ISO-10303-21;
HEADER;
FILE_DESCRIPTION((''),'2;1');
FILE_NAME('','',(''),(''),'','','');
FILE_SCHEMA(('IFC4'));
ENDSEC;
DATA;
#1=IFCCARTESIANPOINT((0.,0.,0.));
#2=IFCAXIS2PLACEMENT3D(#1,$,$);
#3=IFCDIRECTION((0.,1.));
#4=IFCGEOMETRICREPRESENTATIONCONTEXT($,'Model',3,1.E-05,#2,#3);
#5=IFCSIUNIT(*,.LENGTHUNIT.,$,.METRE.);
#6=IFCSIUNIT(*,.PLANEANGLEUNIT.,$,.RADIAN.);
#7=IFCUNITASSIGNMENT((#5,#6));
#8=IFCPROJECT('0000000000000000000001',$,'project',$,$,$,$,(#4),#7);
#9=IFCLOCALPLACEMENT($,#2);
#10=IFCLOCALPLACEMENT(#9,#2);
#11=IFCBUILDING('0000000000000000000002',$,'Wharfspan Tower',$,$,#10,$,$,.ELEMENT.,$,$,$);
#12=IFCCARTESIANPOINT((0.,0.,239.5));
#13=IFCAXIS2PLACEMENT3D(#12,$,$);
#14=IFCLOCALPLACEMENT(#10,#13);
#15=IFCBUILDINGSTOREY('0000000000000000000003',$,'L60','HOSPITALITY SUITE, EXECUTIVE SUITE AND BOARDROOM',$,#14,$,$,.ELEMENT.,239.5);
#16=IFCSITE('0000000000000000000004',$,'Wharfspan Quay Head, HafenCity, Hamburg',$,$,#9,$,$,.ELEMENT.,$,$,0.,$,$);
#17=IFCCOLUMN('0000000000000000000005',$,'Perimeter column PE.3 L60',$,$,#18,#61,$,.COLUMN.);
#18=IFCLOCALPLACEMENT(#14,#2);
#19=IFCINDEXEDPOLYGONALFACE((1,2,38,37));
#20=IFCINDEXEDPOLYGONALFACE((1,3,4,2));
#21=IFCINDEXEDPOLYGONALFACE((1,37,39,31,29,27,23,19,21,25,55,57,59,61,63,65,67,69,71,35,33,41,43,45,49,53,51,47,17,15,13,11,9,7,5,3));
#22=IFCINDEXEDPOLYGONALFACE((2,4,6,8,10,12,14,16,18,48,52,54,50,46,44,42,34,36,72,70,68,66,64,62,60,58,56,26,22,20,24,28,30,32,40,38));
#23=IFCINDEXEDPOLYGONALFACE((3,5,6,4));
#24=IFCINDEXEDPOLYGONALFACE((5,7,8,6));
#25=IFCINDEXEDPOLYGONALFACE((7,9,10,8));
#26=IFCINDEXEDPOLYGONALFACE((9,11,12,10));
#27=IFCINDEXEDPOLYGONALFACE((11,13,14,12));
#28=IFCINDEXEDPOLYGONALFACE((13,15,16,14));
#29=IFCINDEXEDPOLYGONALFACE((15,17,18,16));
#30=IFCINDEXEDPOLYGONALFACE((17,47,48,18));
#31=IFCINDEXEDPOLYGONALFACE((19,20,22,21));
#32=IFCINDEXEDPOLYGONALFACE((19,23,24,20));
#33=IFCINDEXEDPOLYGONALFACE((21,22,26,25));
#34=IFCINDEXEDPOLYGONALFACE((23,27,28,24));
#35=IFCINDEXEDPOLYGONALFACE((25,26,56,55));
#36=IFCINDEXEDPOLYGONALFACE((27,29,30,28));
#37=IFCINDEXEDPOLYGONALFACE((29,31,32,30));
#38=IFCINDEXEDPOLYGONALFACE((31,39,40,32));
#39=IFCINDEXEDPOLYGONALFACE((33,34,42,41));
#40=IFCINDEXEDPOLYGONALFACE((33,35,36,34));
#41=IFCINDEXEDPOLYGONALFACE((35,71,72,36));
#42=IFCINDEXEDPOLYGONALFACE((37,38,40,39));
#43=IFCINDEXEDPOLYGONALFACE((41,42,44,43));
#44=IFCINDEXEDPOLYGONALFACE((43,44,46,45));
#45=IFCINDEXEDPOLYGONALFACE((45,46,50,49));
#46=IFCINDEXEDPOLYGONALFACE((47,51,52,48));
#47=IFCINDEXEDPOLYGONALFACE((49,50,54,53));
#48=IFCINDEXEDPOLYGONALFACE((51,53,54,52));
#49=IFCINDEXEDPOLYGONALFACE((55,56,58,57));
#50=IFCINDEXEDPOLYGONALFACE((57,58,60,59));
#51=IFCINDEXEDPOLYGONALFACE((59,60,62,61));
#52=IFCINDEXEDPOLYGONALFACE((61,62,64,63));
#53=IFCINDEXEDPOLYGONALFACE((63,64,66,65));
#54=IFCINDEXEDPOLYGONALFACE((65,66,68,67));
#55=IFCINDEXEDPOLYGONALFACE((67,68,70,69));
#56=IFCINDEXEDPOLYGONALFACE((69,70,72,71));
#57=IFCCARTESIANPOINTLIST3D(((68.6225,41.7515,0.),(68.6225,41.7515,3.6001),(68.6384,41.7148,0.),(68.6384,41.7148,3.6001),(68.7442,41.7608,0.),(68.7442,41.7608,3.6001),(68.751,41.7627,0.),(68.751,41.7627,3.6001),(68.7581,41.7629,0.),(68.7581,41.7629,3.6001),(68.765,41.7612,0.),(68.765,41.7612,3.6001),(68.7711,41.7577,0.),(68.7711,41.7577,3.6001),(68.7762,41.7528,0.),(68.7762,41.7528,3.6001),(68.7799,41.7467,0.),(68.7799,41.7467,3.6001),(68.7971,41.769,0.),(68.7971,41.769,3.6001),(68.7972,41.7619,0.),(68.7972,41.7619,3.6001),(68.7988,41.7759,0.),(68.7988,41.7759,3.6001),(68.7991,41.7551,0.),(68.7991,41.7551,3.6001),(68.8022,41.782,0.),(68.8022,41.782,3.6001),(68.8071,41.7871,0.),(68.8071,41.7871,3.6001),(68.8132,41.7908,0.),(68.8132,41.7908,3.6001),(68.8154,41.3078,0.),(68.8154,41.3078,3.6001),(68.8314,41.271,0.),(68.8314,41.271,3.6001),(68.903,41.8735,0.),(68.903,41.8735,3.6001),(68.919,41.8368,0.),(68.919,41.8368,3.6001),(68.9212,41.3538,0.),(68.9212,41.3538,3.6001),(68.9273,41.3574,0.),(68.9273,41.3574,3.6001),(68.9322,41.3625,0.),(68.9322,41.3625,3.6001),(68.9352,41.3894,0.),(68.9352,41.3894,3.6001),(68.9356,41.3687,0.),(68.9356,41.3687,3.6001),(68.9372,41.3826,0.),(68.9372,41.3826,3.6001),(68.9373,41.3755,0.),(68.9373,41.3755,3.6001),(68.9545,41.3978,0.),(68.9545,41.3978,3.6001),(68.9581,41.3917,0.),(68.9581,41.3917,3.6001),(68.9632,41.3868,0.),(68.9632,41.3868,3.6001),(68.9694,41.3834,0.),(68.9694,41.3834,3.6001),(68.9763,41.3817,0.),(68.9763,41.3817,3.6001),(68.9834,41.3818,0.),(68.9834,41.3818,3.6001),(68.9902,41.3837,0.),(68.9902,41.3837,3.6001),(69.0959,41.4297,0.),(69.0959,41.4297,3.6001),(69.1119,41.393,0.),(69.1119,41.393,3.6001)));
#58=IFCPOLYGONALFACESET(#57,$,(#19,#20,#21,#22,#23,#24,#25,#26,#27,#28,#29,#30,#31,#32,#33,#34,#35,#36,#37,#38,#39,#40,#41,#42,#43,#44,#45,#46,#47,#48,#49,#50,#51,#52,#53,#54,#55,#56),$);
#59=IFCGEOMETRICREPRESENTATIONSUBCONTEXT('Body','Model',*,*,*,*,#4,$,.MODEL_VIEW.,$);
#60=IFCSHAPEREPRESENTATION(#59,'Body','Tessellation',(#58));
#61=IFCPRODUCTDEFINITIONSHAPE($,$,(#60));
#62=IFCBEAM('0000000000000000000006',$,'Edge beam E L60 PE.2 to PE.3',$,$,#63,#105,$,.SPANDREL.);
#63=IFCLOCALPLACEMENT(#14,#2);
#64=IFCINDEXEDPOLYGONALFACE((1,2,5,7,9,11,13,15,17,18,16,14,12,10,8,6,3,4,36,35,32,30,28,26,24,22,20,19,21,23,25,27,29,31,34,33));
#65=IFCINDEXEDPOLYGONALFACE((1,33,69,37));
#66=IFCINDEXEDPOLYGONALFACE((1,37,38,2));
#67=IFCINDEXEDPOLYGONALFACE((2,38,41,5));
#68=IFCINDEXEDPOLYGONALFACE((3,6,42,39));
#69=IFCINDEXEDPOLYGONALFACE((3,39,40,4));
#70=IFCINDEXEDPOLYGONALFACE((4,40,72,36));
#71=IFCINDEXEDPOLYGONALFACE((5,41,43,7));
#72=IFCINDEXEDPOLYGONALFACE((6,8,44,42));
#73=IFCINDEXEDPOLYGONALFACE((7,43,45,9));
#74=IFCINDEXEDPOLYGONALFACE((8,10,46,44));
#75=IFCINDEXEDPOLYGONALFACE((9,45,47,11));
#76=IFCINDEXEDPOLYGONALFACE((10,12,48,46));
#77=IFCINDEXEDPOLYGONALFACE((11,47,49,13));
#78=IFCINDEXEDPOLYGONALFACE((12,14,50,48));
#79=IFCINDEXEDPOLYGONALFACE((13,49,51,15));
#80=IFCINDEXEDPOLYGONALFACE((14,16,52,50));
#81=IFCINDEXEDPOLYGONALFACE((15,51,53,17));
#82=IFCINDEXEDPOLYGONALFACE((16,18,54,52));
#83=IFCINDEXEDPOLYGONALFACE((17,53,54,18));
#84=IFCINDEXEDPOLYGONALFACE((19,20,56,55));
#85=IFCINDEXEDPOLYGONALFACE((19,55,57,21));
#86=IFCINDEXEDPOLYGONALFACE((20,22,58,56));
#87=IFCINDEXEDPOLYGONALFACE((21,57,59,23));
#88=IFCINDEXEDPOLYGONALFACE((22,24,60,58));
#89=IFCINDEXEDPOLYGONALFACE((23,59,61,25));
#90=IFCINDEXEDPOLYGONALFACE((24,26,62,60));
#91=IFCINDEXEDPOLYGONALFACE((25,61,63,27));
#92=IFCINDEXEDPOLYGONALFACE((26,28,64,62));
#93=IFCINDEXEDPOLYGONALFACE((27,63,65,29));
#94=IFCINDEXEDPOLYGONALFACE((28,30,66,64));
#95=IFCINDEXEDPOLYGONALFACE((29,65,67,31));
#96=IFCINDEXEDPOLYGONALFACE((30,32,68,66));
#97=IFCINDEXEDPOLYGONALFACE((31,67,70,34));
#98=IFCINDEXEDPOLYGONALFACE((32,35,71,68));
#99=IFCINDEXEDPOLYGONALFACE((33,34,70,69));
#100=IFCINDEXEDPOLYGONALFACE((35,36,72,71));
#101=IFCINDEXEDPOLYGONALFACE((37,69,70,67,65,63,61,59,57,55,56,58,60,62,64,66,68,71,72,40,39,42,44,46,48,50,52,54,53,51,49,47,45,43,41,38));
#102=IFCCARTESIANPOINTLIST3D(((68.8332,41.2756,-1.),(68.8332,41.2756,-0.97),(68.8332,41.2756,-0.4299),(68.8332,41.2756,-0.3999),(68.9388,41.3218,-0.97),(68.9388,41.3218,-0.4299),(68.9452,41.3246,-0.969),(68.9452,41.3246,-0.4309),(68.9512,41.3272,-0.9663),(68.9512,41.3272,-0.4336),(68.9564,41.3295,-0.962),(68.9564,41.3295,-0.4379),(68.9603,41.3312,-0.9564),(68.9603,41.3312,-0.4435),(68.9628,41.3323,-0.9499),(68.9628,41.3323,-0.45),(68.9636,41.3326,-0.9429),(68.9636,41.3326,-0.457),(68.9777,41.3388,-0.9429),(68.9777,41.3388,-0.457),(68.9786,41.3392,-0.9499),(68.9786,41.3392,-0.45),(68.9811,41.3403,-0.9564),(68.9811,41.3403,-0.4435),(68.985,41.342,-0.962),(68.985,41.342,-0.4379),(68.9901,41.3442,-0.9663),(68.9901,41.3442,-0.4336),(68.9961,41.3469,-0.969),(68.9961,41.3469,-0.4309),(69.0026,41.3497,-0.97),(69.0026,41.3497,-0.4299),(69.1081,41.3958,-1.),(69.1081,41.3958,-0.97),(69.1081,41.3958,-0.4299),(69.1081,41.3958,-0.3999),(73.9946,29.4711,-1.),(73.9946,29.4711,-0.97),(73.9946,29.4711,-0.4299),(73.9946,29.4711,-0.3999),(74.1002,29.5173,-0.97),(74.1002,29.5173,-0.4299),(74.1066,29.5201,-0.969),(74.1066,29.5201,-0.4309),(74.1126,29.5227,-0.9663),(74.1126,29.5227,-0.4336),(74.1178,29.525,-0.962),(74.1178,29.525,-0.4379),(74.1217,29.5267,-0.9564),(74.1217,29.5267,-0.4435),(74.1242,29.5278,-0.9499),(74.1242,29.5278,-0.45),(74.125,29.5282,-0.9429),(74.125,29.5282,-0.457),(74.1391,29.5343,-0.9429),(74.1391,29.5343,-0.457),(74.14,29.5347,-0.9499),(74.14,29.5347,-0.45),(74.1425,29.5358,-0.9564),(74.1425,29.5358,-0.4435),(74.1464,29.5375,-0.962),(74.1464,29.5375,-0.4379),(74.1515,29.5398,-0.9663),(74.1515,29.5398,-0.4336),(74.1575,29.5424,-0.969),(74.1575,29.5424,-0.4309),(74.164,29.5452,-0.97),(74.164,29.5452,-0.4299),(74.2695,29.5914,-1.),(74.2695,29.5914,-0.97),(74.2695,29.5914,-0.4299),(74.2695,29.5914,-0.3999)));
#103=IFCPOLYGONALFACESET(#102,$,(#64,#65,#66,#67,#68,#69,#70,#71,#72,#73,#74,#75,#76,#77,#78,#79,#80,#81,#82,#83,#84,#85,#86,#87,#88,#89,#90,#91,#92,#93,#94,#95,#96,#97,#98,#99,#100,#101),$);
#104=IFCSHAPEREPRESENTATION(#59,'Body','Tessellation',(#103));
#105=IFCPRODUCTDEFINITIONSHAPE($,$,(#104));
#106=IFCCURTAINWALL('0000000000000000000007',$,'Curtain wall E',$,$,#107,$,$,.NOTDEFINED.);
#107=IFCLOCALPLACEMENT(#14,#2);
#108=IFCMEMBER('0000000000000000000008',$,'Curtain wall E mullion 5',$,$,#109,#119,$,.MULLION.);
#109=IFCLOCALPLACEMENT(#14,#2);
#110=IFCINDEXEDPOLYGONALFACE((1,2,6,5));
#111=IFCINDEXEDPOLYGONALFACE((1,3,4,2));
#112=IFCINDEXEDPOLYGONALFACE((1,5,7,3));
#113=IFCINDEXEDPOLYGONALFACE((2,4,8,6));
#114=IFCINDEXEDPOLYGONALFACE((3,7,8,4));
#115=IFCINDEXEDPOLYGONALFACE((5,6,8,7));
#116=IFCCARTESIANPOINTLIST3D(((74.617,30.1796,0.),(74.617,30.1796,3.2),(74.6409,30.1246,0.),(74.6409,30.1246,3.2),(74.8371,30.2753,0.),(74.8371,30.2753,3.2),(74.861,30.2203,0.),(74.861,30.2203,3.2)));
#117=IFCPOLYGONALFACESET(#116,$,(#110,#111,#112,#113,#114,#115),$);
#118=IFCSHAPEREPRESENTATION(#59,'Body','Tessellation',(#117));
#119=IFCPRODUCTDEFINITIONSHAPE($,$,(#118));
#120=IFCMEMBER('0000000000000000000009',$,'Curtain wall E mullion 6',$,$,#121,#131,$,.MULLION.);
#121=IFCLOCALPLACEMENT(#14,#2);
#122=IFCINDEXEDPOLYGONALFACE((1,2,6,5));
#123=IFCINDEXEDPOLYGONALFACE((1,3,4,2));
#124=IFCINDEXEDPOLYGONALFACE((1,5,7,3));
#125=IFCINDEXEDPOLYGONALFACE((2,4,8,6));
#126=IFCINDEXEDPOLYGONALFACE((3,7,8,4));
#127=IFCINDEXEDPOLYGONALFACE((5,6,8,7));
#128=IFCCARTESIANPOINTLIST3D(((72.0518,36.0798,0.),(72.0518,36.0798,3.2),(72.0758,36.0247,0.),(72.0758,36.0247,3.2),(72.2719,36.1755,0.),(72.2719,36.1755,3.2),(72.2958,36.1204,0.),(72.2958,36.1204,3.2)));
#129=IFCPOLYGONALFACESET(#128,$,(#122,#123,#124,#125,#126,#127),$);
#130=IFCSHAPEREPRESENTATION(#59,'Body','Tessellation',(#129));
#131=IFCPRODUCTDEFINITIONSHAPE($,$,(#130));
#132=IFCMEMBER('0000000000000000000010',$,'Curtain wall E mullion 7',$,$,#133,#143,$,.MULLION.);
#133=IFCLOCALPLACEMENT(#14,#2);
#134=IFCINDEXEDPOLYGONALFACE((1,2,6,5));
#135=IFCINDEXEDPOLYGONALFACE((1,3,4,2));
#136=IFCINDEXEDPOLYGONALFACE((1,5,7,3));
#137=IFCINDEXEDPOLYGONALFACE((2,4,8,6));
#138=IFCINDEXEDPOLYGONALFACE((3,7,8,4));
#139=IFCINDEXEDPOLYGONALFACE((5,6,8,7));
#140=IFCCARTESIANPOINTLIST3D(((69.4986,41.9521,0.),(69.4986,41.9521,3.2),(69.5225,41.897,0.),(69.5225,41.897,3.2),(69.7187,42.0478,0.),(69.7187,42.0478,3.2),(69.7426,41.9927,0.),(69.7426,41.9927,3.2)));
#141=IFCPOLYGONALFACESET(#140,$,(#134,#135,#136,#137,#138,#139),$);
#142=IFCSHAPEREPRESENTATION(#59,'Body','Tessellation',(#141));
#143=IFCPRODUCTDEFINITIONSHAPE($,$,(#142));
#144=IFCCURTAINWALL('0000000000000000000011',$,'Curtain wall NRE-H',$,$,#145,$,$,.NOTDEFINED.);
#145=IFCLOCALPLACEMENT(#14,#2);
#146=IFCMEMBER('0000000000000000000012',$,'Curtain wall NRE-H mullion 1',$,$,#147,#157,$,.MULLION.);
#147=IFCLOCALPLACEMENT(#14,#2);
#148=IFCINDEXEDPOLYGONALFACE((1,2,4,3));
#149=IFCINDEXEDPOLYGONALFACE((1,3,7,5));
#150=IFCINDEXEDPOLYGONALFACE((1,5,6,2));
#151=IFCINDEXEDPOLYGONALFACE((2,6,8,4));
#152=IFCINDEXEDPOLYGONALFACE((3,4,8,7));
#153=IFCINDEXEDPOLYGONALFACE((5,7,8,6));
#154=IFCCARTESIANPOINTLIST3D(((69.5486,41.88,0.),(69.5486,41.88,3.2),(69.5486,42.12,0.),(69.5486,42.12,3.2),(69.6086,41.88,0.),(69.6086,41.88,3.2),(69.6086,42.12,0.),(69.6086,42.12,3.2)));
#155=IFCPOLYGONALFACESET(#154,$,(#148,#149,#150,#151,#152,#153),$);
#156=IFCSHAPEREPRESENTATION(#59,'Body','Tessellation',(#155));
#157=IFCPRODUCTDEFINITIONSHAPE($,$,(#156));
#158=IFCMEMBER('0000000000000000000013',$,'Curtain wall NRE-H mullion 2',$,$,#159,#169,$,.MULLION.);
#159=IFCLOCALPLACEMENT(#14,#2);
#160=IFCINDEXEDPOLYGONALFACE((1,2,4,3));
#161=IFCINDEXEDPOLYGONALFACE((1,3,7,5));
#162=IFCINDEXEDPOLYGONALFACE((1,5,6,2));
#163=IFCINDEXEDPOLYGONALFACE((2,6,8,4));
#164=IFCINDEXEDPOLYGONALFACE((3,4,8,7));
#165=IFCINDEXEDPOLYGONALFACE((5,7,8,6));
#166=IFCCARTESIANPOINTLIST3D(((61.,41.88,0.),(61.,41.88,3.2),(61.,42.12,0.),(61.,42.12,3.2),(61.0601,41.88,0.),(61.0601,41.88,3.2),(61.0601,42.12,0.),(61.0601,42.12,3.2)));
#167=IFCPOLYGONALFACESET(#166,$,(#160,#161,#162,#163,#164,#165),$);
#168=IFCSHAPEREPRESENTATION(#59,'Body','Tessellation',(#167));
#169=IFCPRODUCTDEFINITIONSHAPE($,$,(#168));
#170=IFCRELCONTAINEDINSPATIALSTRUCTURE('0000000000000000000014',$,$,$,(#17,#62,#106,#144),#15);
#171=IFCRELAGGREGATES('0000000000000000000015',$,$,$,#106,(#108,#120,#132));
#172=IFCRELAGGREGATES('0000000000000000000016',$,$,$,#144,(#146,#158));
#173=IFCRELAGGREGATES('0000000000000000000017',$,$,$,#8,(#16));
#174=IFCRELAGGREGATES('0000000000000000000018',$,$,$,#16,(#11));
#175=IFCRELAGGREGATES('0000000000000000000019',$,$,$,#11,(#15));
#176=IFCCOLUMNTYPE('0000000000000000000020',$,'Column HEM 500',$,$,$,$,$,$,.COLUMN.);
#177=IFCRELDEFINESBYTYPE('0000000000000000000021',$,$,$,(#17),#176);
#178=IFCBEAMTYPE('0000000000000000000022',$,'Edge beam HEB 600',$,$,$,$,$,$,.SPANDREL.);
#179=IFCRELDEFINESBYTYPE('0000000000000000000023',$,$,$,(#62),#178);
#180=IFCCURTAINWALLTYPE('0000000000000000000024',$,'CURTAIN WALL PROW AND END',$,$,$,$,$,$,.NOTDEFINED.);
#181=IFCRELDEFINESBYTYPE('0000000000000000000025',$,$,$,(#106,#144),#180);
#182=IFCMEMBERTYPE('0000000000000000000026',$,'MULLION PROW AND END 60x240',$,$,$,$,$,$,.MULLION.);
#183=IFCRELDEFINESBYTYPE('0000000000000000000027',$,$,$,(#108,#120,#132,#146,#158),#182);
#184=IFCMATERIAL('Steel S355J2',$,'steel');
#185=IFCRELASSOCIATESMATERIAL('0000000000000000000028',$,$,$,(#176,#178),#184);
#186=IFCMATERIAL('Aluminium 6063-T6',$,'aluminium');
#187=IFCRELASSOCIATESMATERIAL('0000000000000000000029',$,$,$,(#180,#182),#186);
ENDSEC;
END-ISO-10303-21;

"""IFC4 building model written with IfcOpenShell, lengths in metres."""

from ifc_helpers import new_model, si_unit, direction, frame, origin, origin_2d, place, context, subcontext, project, spatial, rectangle, i_section, extrude, material, material_profile, profile_set, type_object, element, aggregate, save


model = new_model("IFC4")

# Units and contexts
model_context = context("Model", 3, precision=1e-05, world=origin(), true_north=direction((0.0, 1.0)))
body_context = subcontext(model_context, "Body", "Model", "MODEL_VIEW")
ifc_project = project(units=[si_unit("LENGTHUNIT", "METRE"), si_unit("PLANEANGLEUNIT", "RADIAN")], contexts=[model_context])

# Site, building, storey
site_placement = place(None, origin())
site = spatial("IfcSite", under=ifc_project, at=site_placement, Name="Wharfspan Quay Head, HafenCity, Hamburg", CompositionType="ELEMENT", RefElevation=0.0)
building_placement = place(site_placement, origin())
building = spatial("IfcBuilding", under=site, at=building_placement, Name="Wharfspan Tower", CompositionType="ELEMENT")
storey_placement = place(building_placement, frame((0.0, 0.0, 239.5)))
storey = spatial("IfcBuildingStorey", under=building, at=storey_placement, Name="L60", Description="HOSPITALITY SUITE, EXECUTIVE SUITE AND BOARDROOM", CompositionType="ELEMENT", Elevation=239.5)

# Column
ifc_material_1 = material(Name="Steel S355J2", Category="steel")
ifc_material_profile_1 = material_profile(ifc_material_1, i_section(OverallWidth=0.3059, OverallDepth=0.5239, WebThickness=0.021, FlangeThickness=0.04, FilletRadius=0.0271, at=origin_2d()))
ifc_profile_set_1 = profile_set([ifc_material_profile_1], Name="Steel S355J2")
column_type = type_object("IfcColumnType", Name="Column HEM 500", PredefinedType="COLUMN", material=ifc_profile_set_1)
column_placement = place(storey_placement, frame((68.8672, 41.5723, 0.0), z_axis=(0.0, 0.0, 1.0), x_axis=(0.917072, 0.398727, 0.0)))
element("IfcColumn", 1, at=column_placement, inside=storey, type_object=column_type, Name="Perimeter column PE.3 L60", PredefinedType="COLUMN", context=body_context, shape_type="SweptSolid", body=[
    extrude(i_section(OverallWidth=0.3059, OverallDepth=0.5239, WebThickness=0.021, FlangeThickness=0.04, FilletRadius=0.0271, at=origin_2d()), origin(), (0.0, 0.0, 1.0), 3.6001),
])

# Beam
ifc_material_profile_2 = material_profile(ifc_material_1, i_section(OverallWidth=0.3, OverallDepth=0.6001, WebThickness=0.0154, FlangeThickness=0.03, FilletRadius=0.0271, at=origin_2d()))
ifc_profile_set_2 = profile_set([ifc_material_profile_2], Name="Steel S355J2")
beam_type = type_object("IfcBeamType", Name="Edge beam HEB 600", PredefinedType="SPANDREL", material=ifc_profile_set_2)
beam_placement = place(storey_placement, frame((74.1321, 29.5312, -0.7), z_axis=(-0.400619, 0.916245, 0.0), x_axis=(-0.916245, -0.400619, 0.0)))
element("IfcBeam", 2, at=beam_placement, inside=storey, type_object=beam_type, Name="Edge beam E L60 PE.2 to PE.3", PredefinedType="SPANDREL", context=body_context, shape_type="SweptSolid", body=[
    extrude(i_section(OverallWidth=0.3, OverallDepth=0.6001, WebThickness=0.0154, FlangeThickness=0.03, FilletRadius=0.0271, at=origin_2d()), origin(), (0.0, 0.0, 1.0), 12.8835),
])

# Curtain walls, members
ifc_material_2 = material(Name="Aluminium 6063-T6", Category="aluminium")
curtain_wall_type = type_object("IfcCurtainWallType", Name="CURTAIN WALL PROW AND END", PredefinedType="NOTDEFINED", material=ifc_material_2)
curtain_wall_1_placement = place(storey_placement, origin())
curtain_wall_1 = element("IfcCurtainWall", 3, at=curtain_wall_1_placement, inside=storey, type_object=curtain_wall_type, Name="Curtain wall E", PredefinedType="NOTDEFINED")
ifc_material_profile_3 = material_profile(ifc_material_2, rectangle(XDim=0.24, YDim=0.0601, at=origin_2d()))
ifc_profile_set_3 = profile_set([ifc_material_profile_3], Name="Aluminium 6063-T6")
member_type_1 = type_object("IfcMemberType", Name="MULLION PROW AND END 60x240", PredefinedType="MULLION", material=ifc_profile_set_3)
member_1_placement = place(storey_placement, frame((74.739, 30.2, 0.0), z_axis=(0.0, 0.0, 1.0), x_axis=(-0.917072, -0.398727, 0.0)))
member_1 = element("IfcMember", 4, at=member_1_placement, type_object=member_type_1, Name="Curtain wall E mullion 5", PredefinedType="MULLION", context=body_context, shape_type="SweptSolid", body=[
    extrude(rectangle(XDim=0.24, YDim=0.0601, at=origin_2d()), origin(), (0.0, 0.0, 1.0), 3.2),
])
member_2_placement = place(storey_placement, frame((72.1738, 36.1001, 0.0), z_axis=(0.0, 0.0, 1.0), x_axis=(-0.917072, -0.398727, 0.0)))
member_2 = element("IfcMember", 5, at=member_2_placement, type_object=member_type_1, Name="Curtain wall E mullion 6", PredefinedType="MULLION", context=body_context, shape_type="SweptSolid", body=[
    extrude(rectangle(XDim=0.24, YDim=0.0601, at=origin_2d()), origin(), (0.0, 0.0, 1.0), 3.2),
])
member_3_placement = place(storey_placement, frame((69.6206, 41.9724, 0.0), z_axis=(0.0, 0.0, 1.0), x_axis=(-0.917072, -0.398727, 0.0)))
member_3 = element("IfcMember", 6, at=member_3_placement, type_object=member_type_1, Name="Curtain wall E mullion 7", PredefinedType="MULLION", context=body_context, shape_type="SweptSolid", body=[
    extrude(rectangle(XDim=0.24, YDim=0.0601, at=origin_2d()), origin(), (0.0, 0.0, 1.0), 3.2),
])
curtain_wall_2_placement = place(storey_placement, origin())
curtain_wall_2 = element("IfcCurtainWall", 7, at=curtain_wall_2_placement, inside=storey, type_object=curtain_wall_type, Name="Curtain wall NRE-H", PredefinedType="NOTDEFINED")
member_4_placement = place(storey_placement, frame((69.5786, 42.0, 0.0), z_axis=(0.0, 0.0, 1.0), x_axis=(0.0, -1.0, 0.0)))
member_4 = element("IfcMember", 8, at=member_4_placement, type_object=member_type_1, Name="Curtain wall NRE-H mullion 1", PredefinedType="MULLION", context=body_context, shape_type="SweptSolid", body=[
    extrude(rectangle(XDim=0.24, YDim=0.0601, at=origin_2d()), origin(), (0.0, 0.0, 1.0), 3.2),
])
member_5_placement = place(storey_placement, frame((61.03, 42.0, 0.0), z_axis=(0.0, 0.0, 1.0), x_axis=(0.0, -1.0, 0.0)))
member_5 = element("IfcMember", 9, at=member_5_placement, type_object=member_type_1, Name="Curtain wall NRE-H mullion 2", PredefinedType="MULLION", context=body_context, shape_type="SweptSolid", body=[
    extrude(rectangle(XDim=0.24, YDim=0.0601, at=origin_2d()), origin(), (0.0, 0.0, 1.0), 3.2),
])

aggregate(curtain_wall_1, [member_1, member_2, member_3])
aggregate(curtain_wall_2, [member_4, member_5])

save(model, "model.ifc")
